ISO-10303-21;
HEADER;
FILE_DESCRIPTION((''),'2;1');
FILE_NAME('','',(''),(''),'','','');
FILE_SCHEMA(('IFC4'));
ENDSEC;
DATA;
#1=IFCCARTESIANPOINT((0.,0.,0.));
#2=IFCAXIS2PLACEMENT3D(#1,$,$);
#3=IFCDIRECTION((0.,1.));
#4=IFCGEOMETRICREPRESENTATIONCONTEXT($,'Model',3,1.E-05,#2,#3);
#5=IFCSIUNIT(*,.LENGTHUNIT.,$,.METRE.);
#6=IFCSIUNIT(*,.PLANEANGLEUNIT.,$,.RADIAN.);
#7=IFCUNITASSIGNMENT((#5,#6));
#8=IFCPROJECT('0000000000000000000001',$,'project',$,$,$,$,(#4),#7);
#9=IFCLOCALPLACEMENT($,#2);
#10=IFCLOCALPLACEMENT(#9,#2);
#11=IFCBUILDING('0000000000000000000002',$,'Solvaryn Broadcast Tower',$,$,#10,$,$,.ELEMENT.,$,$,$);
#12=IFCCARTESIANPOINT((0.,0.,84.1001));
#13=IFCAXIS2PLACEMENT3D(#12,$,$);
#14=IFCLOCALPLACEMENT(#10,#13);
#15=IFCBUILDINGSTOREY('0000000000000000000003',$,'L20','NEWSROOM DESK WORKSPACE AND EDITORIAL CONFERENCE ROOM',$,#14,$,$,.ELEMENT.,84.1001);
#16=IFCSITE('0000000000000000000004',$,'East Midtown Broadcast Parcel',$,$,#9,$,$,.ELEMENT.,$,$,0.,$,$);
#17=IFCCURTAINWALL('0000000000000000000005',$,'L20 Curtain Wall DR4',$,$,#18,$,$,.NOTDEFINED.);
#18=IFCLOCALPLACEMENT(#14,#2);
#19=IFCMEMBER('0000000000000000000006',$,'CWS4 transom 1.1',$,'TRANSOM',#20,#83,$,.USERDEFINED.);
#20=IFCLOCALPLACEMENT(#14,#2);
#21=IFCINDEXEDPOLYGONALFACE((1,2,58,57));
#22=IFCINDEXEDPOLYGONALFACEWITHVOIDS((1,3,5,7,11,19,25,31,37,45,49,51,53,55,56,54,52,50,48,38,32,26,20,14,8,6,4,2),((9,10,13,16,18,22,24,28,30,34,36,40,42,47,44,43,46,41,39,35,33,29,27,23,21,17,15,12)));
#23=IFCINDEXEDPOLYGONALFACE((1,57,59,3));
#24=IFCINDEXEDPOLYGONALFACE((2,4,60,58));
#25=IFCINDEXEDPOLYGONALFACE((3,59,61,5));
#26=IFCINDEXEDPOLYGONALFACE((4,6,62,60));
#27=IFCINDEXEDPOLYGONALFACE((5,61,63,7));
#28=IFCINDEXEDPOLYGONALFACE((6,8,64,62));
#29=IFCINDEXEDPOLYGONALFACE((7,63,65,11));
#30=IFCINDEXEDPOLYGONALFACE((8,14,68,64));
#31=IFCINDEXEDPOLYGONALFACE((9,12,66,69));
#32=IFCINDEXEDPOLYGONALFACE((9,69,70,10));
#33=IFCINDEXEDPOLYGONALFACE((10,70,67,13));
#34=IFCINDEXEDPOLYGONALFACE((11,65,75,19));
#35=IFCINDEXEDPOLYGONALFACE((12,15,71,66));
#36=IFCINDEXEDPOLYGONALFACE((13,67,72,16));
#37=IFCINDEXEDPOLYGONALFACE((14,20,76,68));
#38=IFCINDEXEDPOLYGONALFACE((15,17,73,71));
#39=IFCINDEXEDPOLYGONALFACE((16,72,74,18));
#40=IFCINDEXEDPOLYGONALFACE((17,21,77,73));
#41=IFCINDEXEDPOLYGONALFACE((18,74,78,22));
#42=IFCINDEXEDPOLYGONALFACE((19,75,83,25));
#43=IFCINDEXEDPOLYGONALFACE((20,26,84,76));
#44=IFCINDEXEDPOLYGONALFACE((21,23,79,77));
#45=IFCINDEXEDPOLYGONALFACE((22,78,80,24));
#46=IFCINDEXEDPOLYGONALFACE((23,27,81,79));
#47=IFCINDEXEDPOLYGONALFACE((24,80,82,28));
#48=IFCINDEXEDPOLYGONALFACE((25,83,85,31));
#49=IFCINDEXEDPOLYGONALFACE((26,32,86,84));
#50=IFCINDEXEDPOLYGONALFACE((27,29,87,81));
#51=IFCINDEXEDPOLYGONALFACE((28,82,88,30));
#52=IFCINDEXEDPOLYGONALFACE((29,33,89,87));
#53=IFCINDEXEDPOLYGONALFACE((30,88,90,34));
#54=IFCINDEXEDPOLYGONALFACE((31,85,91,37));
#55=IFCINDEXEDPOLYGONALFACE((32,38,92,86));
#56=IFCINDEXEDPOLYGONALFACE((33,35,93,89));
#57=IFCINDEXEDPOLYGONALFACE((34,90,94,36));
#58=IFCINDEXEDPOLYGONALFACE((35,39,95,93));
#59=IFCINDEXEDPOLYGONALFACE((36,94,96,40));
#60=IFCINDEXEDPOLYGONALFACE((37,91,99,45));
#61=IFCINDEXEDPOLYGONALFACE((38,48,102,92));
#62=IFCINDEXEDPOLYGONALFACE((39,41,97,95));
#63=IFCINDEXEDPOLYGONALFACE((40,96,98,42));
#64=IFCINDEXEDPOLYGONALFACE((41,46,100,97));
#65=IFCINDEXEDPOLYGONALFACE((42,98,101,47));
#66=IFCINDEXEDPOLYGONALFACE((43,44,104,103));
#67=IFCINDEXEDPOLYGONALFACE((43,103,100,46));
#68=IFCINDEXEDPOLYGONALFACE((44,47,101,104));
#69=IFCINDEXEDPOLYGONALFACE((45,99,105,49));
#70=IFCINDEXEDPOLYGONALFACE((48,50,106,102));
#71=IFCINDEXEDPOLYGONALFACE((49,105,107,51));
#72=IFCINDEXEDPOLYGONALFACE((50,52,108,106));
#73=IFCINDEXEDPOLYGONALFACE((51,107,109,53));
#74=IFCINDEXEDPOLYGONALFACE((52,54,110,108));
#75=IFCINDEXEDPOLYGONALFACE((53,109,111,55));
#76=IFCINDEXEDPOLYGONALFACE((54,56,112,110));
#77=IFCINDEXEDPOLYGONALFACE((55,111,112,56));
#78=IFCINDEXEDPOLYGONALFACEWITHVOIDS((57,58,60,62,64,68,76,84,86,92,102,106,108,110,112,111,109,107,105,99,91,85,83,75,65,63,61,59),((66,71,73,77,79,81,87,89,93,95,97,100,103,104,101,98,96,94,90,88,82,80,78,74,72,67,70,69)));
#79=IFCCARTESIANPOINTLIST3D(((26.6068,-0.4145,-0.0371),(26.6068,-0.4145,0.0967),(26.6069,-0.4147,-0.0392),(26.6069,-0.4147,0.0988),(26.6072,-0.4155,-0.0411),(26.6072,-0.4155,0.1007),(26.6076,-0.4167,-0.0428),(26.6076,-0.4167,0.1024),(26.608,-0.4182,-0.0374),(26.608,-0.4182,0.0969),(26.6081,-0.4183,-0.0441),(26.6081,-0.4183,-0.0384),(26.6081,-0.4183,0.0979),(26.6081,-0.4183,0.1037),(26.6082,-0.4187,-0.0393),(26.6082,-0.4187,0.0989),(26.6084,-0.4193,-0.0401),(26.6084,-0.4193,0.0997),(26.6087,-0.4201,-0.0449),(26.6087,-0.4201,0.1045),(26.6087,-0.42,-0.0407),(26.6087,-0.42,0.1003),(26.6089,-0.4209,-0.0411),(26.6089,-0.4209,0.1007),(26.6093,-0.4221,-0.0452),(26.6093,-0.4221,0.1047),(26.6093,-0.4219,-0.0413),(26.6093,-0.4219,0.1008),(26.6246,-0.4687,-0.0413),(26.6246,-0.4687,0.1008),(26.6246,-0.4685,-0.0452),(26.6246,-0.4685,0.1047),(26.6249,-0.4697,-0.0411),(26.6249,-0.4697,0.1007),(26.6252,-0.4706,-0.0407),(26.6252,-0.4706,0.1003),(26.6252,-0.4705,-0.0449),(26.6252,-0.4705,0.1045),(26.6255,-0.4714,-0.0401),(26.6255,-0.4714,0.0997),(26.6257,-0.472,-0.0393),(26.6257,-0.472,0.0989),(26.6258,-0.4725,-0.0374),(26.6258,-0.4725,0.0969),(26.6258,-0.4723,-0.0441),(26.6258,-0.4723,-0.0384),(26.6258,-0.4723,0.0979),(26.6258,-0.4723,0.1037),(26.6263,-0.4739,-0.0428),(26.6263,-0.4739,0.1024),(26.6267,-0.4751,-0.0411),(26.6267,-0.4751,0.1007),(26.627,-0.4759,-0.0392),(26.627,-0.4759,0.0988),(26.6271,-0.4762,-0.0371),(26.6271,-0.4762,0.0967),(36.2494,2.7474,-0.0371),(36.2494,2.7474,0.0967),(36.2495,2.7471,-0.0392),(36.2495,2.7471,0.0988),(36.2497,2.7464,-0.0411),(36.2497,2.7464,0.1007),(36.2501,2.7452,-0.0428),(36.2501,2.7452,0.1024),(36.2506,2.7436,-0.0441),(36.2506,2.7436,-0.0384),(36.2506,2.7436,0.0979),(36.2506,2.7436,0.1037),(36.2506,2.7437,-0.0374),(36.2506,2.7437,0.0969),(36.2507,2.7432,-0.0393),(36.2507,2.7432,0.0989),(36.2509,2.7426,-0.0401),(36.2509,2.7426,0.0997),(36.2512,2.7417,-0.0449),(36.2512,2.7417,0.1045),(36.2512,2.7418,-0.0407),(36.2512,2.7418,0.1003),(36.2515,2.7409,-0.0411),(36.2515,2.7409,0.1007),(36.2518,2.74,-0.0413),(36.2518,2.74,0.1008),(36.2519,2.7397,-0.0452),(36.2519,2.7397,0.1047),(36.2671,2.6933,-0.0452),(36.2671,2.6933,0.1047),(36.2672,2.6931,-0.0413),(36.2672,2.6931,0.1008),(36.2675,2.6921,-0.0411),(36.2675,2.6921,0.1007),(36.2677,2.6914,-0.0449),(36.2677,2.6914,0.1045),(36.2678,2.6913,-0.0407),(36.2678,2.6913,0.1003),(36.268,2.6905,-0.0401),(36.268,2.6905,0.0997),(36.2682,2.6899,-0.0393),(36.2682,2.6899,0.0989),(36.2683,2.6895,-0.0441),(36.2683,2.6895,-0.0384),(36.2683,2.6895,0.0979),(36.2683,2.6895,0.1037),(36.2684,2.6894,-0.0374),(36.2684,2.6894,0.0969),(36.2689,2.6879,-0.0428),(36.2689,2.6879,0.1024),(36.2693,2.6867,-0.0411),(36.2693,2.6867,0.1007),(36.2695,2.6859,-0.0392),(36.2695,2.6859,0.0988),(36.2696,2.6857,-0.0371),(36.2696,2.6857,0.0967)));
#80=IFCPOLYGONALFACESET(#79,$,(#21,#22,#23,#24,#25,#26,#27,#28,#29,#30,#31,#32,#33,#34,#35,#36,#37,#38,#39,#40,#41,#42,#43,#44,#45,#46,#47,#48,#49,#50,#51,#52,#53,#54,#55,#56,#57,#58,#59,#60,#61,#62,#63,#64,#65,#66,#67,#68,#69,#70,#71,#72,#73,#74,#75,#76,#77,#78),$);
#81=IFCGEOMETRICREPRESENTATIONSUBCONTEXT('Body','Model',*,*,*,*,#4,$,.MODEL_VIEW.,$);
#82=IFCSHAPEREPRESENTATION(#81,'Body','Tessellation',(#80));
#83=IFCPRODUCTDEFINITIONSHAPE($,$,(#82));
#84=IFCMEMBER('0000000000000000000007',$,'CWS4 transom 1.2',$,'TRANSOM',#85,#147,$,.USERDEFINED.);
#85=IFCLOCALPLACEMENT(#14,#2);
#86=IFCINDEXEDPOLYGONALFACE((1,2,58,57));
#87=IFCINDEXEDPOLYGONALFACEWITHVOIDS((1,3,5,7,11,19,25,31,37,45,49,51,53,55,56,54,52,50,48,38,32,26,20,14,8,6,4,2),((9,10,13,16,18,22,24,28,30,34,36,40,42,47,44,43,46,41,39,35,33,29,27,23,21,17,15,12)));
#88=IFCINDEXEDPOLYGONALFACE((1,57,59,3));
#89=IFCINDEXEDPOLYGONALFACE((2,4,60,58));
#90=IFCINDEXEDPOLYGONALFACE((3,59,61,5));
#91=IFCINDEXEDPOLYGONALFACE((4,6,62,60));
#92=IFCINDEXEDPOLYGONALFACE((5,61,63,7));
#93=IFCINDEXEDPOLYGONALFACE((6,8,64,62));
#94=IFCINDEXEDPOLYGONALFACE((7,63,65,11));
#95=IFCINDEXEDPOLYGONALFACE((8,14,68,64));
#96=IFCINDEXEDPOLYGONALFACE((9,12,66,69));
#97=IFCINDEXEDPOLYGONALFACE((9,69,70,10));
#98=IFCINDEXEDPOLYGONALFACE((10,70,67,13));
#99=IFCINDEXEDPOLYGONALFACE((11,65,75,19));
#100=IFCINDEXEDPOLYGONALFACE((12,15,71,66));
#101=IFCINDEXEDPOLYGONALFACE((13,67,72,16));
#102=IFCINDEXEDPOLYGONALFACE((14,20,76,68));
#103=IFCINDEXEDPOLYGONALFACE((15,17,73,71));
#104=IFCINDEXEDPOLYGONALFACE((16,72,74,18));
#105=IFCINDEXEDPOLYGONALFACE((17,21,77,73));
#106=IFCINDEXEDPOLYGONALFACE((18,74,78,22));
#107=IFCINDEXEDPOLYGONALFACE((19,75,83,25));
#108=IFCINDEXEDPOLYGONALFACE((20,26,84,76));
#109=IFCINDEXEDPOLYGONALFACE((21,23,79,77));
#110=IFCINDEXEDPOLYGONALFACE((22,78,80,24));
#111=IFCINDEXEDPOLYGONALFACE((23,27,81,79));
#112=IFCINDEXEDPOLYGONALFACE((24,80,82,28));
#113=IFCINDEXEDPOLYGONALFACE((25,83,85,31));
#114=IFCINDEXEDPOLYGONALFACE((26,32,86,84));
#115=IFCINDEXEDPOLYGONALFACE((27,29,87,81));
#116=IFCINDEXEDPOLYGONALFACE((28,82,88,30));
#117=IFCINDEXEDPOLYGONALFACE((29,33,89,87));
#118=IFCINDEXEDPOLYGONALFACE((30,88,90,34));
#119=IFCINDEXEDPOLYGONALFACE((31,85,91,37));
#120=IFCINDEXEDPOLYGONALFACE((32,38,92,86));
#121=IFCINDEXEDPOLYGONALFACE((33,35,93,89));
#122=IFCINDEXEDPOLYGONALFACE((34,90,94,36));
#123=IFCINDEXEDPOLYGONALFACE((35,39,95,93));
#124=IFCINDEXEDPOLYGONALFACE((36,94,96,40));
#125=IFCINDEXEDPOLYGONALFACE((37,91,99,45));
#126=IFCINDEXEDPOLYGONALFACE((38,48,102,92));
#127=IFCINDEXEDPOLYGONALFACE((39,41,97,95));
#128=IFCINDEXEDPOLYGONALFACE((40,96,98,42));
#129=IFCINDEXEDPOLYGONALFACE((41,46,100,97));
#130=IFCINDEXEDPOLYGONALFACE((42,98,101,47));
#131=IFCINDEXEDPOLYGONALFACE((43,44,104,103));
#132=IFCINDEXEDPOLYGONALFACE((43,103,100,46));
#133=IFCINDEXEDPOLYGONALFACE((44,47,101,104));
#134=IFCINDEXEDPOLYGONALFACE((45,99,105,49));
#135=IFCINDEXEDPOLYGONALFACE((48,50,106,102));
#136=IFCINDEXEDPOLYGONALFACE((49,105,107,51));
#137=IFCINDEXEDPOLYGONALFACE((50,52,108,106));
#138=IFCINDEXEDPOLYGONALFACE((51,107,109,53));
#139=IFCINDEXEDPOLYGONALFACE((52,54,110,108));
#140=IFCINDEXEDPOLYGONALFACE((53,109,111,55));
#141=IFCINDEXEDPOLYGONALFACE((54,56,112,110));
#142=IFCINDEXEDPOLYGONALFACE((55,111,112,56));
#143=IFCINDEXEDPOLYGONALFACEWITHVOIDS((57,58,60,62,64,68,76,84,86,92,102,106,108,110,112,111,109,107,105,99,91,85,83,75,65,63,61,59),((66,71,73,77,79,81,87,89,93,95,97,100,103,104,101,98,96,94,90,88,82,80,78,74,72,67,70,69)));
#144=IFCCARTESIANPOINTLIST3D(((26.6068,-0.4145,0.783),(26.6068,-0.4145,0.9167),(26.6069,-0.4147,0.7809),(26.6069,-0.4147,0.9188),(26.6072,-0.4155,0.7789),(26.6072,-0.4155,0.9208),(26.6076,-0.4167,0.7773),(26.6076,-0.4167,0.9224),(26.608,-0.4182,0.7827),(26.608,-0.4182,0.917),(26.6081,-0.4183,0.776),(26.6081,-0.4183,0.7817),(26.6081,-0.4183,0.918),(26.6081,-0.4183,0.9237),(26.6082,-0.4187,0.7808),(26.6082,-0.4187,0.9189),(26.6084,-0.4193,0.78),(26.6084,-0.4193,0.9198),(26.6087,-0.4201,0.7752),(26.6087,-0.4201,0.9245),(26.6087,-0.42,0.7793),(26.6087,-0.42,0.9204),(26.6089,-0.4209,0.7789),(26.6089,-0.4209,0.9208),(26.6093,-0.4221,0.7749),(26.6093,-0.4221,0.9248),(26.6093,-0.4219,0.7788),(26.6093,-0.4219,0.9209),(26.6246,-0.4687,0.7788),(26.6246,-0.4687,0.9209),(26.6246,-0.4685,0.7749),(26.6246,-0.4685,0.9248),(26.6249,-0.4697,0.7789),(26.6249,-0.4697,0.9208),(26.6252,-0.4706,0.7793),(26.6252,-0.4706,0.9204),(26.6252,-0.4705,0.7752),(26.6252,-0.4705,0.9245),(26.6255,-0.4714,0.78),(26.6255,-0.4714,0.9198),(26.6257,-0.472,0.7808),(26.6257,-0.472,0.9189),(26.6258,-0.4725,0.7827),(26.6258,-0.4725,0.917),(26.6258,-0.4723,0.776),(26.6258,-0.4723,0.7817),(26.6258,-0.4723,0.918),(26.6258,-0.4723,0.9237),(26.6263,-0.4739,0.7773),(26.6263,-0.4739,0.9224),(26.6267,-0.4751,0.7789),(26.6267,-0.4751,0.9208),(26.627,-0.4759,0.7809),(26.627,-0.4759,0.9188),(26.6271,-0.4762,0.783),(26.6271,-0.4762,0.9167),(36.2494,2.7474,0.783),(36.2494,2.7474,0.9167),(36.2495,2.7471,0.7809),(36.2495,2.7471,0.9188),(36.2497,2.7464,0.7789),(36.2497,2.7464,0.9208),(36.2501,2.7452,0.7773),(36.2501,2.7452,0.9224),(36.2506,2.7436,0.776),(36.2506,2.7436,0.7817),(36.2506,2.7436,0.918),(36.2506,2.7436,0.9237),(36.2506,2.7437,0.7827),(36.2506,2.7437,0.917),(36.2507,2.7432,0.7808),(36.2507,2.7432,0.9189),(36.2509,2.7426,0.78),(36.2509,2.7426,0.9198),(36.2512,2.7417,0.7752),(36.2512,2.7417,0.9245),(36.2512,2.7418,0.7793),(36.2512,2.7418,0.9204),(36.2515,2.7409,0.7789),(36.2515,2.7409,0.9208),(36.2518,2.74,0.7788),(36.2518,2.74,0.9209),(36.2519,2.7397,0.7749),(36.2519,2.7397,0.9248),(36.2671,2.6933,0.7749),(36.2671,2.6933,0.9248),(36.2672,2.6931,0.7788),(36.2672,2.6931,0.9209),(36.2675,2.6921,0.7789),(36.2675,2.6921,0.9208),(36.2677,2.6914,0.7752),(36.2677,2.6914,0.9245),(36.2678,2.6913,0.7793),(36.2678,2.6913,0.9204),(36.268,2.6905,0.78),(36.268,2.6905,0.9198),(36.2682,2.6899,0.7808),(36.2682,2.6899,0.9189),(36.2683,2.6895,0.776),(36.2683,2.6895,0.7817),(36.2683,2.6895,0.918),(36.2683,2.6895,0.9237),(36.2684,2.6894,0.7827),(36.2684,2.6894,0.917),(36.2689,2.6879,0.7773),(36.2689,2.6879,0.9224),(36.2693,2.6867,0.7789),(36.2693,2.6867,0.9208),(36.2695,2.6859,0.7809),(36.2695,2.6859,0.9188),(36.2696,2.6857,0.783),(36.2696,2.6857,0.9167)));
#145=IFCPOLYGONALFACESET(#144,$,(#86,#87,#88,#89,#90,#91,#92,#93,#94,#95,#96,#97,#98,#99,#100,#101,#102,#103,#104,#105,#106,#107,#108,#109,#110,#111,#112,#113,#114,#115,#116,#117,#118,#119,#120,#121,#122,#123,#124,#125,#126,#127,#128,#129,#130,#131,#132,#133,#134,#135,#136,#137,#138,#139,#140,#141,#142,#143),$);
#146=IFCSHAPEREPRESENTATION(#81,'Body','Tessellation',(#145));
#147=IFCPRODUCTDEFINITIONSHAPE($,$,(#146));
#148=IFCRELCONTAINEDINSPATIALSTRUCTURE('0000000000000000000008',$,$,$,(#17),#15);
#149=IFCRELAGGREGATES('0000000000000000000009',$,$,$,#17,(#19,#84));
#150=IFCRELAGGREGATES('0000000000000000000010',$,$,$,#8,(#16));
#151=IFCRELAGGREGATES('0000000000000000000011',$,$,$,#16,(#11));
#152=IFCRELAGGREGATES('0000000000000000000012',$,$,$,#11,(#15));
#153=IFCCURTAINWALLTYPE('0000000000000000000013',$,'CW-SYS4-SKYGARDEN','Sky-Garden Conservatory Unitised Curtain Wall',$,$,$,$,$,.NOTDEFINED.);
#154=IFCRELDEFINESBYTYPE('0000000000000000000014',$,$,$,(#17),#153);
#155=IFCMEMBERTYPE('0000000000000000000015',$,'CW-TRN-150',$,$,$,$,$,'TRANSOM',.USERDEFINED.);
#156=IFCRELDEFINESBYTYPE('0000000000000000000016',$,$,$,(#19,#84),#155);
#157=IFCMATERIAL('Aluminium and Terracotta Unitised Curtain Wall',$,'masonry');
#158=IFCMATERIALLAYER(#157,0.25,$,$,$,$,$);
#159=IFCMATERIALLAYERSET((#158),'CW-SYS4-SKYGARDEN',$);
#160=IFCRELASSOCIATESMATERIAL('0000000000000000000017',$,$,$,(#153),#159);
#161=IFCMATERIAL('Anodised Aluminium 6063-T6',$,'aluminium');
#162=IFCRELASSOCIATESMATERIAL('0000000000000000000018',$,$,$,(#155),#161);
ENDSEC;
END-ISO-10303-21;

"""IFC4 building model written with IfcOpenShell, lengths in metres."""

from ifc_helpers import new_model, si_unit, direction, frame, origin, origin_2d, place, context, subcontext, project, spatial, hollow_rectangle, extrude, material, layer, layer_set, material_profile, profile_set, type_object, element, aggregate, save


model = new_model("IFC4")

# Units and contexts
model_context = context("Model", 3, precision=1e-05, world=origin(), true_north=direction((0.0, 1.0)))
body_context = subcontext(model_context, "Body", "Model", "MODEL_VIEW")
ifc_project = project(units=[si_unit("LENGTHUNIT", "METRE"), si_unit("PLANEANGLEUNIT", "RADIAN")], contexts=[model_context])

# Site, building, storey
site_placement = place(None, origin())
site = spatial("IfcSite", under=ifc_project, at=site_placement, Name="East Midtown Broadcast Parcel", CompositionType="ELEMENT", RefElevation=0.0)
building_placement = place(site_placement, origin())
building = spatial("IfcBuilding", under=site, at=building_placement, Name="Solvaryn Broadcast Tower", CompositionType="ELEMENT")
storey_placement = place(building_placement, frame((0.0, 0.0, 84.1001)))
storey = spatial("IfcBuildingStorey", under=building, at=storey_placement, Name="L20", Description="NEWSROOM DESK WORKSPACE AND EDITORIAL CONFERENCE ROOM", CompositionType="ELEMENT", Elevation=84.1001)

# Curtain wall, members
ifc_material_1 = material(Name="Aluminium and Terracotta Unitised Curtain Wall", Category="masonry")
ifc_layer_1 = layer(ifc_material_1, 0.25)
ifc_layer_set_1 = layer_set([ifc_layer_1], Name="CW-SYS4-SKYGARDEN")
curtain_wall_type = type_object("IfcCurtainWallType", Name="CW-SYS4-SKYGARDEN", Description="Sky-Garden Conservatory Unitised Curtain Wall", PredefinedType="NOTDEFINED", material=ifc_layer_set_1)
curtain_wall_placement = place(storey_placement, origin())
curtain_wall = element("IfcCurtainWall", 1, at=curtain_wall_placement, inside=storey, type_object=curtain_wall_type, Name="L20 Curtain Wall DR4", PredefinedType="NOTDEFINED")
ifc_material_2 = material(Name="Anodised Aluminium 6063-T6", Category="aluminium")
ifc_material_profile_1 = material_profile(ifc_material_2, hollow_rectangle(XDim=0.0649, YDim=0.1499, WallThickness=0.0039, InnerFilletRadius=0.0039, OuterFilletRadius=0.0081, at=origin_2d()))
ifc_profile_set_1 = profile_set([ifc_material_profile_1], Name="Anodised Aluminium 6063-T6")
member_type_1 = type_object("IfcMemberType", Name="CW-TRN-150", ElementType="TRANSOM", PredefinedType="USERDEFINED", material=ifc_profile_set_1)
member_1_placement = place(storey_placement, frame((26.6169, -0.4453, 0.0298), z_axis=(0.950219, 0.311583, 0.0), x_axis=(-0.311583, 0.950219, 0.0)))
member_1 = element("IfcMember", 2, at=member_1_placement, type_object=member_type_1, Name="CWS4 transom 1.1", ObjectType="TRANSOM", PredefinedType="USERDEFINED", context=body_context, shape_type="SweptSolid", body=[
    extrude(hollow_rectangle(XDim=0.0649, YDim=0.1499, WallThickness=0.0039, InnerFilletRadius=0.0039, OuterFilletRadius=0.0081, at=origin_2d()), origin(), (0.0, 0.0, 1.0), 10.1477),
])
member_2_placement = place(storey_placement, frame((26.6169, -0.4453, 0.8499), z_axis=(0.950219, 0.311583, 0.0), x_axis=(-0.311583, 0.950219, 0.0)))
member_2 = element("IfcMember", 3, at=member_2_placement, type_object=member_type_1, Name="CWS4 transom 1.2", ObjectType="TRANSOM", PredefinedType="USERDEFINED", context=body_context, shape_type="SweptSolid", body=[
    extrude(hollow_rectangle(XDim=0.0649, YDim=0.1499, WallThickness=0.0039, InnerFilletRadius=0.0039, OuterFilletRadius=0.0081, at=origin_2d()), origin(), (0.0, 0.0, 1.0), 10.1477),
])
aggregate(curtain_wall, [member_1, member_2])

save(model, "model.ifc")
